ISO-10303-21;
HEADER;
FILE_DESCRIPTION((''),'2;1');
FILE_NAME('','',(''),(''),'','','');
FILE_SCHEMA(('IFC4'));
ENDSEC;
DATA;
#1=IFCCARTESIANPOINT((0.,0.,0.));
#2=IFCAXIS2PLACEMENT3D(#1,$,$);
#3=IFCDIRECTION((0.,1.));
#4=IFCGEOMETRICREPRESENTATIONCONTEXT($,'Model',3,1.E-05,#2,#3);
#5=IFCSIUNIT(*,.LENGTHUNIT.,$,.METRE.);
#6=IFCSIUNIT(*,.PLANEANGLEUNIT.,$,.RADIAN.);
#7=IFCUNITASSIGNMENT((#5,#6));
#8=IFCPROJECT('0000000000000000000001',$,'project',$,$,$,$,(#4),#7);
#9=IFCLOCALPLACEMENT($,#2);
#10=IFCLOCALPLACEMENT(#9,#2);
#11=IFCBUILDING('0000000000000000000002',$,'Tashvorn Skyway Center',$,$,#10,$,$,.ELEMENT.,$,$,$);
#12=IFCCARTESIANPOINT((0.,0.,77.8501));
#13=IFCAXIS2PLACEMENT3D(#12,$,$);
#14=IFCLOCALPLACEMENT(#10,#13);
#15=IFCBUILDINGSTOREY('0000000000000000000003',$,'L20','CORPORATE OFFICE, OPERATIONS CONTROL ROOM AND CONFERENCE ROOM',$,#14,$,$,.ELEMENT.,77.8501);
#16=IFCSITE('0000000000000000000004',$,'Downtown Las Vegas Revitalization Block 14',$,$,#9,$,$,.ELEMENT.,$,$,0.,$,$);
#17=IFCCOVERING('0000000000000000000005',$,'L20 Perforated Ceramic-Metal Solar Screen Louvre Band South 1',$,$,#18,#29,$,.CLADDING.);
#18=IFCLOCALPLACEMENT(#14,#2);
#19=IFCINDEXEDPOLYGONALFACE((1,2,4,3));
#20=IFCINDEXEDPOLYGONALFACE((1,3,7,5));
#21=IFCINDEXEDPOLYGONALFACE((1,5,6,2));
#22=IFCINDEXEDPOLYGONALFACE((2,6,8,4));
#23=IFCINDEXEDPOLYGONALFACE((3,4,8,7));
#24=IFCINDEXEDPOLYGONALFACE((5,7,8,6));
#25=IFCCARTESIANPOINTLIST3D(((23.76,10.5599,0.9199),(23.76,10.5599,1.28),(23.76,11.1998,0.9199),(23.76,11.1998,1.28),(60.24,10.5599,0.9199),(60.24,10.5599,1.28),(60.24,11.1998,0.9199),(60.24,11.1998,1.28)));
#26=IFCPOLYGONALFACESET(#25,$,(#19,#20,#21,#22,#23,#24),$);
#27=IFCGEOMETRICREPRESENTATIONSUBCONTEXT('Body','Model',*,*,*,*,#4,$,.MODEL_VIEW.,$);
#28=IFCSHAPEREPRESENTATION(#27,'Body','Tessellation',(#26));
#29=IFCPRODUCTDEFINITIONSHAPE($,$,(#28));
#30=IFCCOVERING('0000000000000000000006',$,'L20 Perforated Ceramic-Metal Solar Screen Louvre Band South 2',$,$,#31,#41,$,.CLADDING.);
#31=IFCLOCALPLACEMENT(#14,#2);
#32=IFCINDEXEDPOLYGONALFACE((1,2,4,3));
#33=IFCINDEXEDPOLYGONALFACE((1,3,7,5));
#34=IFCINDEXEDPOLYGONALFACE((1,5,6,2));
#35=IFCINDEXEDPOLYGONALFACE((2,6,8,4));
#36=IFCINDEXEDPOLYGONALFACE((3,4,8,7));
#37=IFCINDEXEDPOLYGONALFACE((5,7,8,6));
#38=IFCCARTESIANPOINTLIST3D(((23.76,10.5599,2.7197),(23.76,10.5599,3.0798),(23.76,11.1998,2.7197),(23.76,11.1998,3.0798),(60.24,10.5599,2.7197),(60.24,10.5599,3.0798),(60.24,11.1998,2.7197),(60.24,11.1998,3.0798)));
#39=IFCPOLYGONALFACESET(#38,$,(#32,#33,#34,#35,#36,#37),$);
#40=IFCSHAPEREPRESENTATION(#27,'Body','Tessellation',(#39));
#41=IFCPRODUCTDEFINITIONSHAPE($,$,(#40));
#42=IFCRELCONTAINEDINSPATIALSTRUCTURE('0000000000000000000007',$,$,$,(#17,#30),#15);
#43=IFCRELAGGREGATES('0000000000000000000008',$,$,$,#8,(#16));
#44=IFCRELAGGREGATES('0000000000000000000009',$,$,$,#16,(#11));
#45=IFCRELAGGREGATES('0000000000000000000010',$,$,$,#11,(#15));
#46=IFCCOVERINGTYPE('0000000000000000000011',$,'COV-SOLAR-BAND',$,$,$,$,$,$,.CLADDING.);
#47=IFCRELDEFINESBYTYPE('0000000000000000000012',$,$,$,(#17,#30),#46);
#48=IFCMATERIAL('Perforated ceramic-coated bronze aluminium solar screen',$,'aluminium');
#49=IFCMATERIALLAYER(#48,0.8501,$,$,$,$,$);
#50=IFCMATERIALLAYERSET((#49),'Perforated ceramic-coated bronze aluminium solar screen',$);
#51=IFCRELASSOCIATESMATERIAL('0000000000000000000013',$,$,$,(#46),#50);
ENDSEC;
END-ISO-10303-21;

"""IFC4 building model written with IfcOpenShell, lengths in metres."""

from ifc_helpers import new_model, si_unit, direction, frame, origin, origin_2d, place, context, subcontext, project, spatial, rectangle, extrude, material, layer, layer_set, type_object, element, save


model = new_model("IFC4")

# Units and contexts
model_context = context("Model", 3, precision=1e-05, world=origin(), true_north=direction((0.0, 1.0)))
body_context = subcontext(model_context, "Body", "Model", "MODEL_VIEW")
ifc_project = project(units=[si_unit("LENGTHUNIT", "METRE"), si_unit("PLANEANGLEUNIT", "RADIAN")], contexts=[model_context])

# Site, building, storey
site_placement = place(None, origin())
site = spatial("IfcSite", under=ifc_project, at=site_placement, Name="Downtown Las Vegas Revitalization Block 14", CompositionType="ELEMENT", RefElevation=0.0)
building_placement = place(site_placement, origin())
building = spatial("IfcBuilding", under=site, at=building_placement, Name="Tashvorn Skyway Center", CompositionType="ELEMENT")
storey_placement = place(building_placement, frame((0.0, 0.0, 77.8501)))
storey = spatial("IfcBuildingStorey", under=building, at=storey_placement, Name="L20", Description="CORPORATE OFFICE, OPERATIONS CONTROL ROOM AND CONFERENCE ROOM", CompositionType="ELEMENT", Elevation=77.8501)

# Coverings
ifc_material_1 = material(Name="Perforated ceramic-coated bronze aluminium solar screen", Category="aluminium")
ifc_layer_1 = layer(ifc_material_1, 0.8501)
ifc_layer_set_1 = layer_set([ifc_layer_1], Name="Perforated ceramic-coated bronze aluminium solar screen")
covering_type = type_object("IfcCoveringType", Name="COV-SOLAR-BAND", PredefinedType="CLADDING", material=ifc_layer_set_1)
for number, where, z_axis, x_axis, name in (
    (1, (42.0, 10.8799, 0.9199), (0.0, 0.0, 1.0), (-1.0, 0.0, 0.0), "L20 Perforated Ceramic-Metal Solar Screen Louvre Band South 1"),
    (2, (42.0, 10.8799, 2.7197), (0.0, 0.0, 1.0), (-1.0, 0.0, 0.0), "L20 Perforated Ceramic-Metal Solar Screen Louvre Band South 2"),
):
    element("IfcCovering", number, at=place(storey_placement, frame(where, z_axis=z_axis, x_axis=x_axis)), inside=storey, type_object=covering_type, Name=name, PredefinedType="CLADDING", context=body_context, shape_type="SweptSolid", body=[
        extrude(rectangle(XDim=36.48, YDim=0.6399, at=origin_2d()), origin(), (0.0, 0.0, 1.0), 0.3601),
    ])

save(model, "model.ifc")
